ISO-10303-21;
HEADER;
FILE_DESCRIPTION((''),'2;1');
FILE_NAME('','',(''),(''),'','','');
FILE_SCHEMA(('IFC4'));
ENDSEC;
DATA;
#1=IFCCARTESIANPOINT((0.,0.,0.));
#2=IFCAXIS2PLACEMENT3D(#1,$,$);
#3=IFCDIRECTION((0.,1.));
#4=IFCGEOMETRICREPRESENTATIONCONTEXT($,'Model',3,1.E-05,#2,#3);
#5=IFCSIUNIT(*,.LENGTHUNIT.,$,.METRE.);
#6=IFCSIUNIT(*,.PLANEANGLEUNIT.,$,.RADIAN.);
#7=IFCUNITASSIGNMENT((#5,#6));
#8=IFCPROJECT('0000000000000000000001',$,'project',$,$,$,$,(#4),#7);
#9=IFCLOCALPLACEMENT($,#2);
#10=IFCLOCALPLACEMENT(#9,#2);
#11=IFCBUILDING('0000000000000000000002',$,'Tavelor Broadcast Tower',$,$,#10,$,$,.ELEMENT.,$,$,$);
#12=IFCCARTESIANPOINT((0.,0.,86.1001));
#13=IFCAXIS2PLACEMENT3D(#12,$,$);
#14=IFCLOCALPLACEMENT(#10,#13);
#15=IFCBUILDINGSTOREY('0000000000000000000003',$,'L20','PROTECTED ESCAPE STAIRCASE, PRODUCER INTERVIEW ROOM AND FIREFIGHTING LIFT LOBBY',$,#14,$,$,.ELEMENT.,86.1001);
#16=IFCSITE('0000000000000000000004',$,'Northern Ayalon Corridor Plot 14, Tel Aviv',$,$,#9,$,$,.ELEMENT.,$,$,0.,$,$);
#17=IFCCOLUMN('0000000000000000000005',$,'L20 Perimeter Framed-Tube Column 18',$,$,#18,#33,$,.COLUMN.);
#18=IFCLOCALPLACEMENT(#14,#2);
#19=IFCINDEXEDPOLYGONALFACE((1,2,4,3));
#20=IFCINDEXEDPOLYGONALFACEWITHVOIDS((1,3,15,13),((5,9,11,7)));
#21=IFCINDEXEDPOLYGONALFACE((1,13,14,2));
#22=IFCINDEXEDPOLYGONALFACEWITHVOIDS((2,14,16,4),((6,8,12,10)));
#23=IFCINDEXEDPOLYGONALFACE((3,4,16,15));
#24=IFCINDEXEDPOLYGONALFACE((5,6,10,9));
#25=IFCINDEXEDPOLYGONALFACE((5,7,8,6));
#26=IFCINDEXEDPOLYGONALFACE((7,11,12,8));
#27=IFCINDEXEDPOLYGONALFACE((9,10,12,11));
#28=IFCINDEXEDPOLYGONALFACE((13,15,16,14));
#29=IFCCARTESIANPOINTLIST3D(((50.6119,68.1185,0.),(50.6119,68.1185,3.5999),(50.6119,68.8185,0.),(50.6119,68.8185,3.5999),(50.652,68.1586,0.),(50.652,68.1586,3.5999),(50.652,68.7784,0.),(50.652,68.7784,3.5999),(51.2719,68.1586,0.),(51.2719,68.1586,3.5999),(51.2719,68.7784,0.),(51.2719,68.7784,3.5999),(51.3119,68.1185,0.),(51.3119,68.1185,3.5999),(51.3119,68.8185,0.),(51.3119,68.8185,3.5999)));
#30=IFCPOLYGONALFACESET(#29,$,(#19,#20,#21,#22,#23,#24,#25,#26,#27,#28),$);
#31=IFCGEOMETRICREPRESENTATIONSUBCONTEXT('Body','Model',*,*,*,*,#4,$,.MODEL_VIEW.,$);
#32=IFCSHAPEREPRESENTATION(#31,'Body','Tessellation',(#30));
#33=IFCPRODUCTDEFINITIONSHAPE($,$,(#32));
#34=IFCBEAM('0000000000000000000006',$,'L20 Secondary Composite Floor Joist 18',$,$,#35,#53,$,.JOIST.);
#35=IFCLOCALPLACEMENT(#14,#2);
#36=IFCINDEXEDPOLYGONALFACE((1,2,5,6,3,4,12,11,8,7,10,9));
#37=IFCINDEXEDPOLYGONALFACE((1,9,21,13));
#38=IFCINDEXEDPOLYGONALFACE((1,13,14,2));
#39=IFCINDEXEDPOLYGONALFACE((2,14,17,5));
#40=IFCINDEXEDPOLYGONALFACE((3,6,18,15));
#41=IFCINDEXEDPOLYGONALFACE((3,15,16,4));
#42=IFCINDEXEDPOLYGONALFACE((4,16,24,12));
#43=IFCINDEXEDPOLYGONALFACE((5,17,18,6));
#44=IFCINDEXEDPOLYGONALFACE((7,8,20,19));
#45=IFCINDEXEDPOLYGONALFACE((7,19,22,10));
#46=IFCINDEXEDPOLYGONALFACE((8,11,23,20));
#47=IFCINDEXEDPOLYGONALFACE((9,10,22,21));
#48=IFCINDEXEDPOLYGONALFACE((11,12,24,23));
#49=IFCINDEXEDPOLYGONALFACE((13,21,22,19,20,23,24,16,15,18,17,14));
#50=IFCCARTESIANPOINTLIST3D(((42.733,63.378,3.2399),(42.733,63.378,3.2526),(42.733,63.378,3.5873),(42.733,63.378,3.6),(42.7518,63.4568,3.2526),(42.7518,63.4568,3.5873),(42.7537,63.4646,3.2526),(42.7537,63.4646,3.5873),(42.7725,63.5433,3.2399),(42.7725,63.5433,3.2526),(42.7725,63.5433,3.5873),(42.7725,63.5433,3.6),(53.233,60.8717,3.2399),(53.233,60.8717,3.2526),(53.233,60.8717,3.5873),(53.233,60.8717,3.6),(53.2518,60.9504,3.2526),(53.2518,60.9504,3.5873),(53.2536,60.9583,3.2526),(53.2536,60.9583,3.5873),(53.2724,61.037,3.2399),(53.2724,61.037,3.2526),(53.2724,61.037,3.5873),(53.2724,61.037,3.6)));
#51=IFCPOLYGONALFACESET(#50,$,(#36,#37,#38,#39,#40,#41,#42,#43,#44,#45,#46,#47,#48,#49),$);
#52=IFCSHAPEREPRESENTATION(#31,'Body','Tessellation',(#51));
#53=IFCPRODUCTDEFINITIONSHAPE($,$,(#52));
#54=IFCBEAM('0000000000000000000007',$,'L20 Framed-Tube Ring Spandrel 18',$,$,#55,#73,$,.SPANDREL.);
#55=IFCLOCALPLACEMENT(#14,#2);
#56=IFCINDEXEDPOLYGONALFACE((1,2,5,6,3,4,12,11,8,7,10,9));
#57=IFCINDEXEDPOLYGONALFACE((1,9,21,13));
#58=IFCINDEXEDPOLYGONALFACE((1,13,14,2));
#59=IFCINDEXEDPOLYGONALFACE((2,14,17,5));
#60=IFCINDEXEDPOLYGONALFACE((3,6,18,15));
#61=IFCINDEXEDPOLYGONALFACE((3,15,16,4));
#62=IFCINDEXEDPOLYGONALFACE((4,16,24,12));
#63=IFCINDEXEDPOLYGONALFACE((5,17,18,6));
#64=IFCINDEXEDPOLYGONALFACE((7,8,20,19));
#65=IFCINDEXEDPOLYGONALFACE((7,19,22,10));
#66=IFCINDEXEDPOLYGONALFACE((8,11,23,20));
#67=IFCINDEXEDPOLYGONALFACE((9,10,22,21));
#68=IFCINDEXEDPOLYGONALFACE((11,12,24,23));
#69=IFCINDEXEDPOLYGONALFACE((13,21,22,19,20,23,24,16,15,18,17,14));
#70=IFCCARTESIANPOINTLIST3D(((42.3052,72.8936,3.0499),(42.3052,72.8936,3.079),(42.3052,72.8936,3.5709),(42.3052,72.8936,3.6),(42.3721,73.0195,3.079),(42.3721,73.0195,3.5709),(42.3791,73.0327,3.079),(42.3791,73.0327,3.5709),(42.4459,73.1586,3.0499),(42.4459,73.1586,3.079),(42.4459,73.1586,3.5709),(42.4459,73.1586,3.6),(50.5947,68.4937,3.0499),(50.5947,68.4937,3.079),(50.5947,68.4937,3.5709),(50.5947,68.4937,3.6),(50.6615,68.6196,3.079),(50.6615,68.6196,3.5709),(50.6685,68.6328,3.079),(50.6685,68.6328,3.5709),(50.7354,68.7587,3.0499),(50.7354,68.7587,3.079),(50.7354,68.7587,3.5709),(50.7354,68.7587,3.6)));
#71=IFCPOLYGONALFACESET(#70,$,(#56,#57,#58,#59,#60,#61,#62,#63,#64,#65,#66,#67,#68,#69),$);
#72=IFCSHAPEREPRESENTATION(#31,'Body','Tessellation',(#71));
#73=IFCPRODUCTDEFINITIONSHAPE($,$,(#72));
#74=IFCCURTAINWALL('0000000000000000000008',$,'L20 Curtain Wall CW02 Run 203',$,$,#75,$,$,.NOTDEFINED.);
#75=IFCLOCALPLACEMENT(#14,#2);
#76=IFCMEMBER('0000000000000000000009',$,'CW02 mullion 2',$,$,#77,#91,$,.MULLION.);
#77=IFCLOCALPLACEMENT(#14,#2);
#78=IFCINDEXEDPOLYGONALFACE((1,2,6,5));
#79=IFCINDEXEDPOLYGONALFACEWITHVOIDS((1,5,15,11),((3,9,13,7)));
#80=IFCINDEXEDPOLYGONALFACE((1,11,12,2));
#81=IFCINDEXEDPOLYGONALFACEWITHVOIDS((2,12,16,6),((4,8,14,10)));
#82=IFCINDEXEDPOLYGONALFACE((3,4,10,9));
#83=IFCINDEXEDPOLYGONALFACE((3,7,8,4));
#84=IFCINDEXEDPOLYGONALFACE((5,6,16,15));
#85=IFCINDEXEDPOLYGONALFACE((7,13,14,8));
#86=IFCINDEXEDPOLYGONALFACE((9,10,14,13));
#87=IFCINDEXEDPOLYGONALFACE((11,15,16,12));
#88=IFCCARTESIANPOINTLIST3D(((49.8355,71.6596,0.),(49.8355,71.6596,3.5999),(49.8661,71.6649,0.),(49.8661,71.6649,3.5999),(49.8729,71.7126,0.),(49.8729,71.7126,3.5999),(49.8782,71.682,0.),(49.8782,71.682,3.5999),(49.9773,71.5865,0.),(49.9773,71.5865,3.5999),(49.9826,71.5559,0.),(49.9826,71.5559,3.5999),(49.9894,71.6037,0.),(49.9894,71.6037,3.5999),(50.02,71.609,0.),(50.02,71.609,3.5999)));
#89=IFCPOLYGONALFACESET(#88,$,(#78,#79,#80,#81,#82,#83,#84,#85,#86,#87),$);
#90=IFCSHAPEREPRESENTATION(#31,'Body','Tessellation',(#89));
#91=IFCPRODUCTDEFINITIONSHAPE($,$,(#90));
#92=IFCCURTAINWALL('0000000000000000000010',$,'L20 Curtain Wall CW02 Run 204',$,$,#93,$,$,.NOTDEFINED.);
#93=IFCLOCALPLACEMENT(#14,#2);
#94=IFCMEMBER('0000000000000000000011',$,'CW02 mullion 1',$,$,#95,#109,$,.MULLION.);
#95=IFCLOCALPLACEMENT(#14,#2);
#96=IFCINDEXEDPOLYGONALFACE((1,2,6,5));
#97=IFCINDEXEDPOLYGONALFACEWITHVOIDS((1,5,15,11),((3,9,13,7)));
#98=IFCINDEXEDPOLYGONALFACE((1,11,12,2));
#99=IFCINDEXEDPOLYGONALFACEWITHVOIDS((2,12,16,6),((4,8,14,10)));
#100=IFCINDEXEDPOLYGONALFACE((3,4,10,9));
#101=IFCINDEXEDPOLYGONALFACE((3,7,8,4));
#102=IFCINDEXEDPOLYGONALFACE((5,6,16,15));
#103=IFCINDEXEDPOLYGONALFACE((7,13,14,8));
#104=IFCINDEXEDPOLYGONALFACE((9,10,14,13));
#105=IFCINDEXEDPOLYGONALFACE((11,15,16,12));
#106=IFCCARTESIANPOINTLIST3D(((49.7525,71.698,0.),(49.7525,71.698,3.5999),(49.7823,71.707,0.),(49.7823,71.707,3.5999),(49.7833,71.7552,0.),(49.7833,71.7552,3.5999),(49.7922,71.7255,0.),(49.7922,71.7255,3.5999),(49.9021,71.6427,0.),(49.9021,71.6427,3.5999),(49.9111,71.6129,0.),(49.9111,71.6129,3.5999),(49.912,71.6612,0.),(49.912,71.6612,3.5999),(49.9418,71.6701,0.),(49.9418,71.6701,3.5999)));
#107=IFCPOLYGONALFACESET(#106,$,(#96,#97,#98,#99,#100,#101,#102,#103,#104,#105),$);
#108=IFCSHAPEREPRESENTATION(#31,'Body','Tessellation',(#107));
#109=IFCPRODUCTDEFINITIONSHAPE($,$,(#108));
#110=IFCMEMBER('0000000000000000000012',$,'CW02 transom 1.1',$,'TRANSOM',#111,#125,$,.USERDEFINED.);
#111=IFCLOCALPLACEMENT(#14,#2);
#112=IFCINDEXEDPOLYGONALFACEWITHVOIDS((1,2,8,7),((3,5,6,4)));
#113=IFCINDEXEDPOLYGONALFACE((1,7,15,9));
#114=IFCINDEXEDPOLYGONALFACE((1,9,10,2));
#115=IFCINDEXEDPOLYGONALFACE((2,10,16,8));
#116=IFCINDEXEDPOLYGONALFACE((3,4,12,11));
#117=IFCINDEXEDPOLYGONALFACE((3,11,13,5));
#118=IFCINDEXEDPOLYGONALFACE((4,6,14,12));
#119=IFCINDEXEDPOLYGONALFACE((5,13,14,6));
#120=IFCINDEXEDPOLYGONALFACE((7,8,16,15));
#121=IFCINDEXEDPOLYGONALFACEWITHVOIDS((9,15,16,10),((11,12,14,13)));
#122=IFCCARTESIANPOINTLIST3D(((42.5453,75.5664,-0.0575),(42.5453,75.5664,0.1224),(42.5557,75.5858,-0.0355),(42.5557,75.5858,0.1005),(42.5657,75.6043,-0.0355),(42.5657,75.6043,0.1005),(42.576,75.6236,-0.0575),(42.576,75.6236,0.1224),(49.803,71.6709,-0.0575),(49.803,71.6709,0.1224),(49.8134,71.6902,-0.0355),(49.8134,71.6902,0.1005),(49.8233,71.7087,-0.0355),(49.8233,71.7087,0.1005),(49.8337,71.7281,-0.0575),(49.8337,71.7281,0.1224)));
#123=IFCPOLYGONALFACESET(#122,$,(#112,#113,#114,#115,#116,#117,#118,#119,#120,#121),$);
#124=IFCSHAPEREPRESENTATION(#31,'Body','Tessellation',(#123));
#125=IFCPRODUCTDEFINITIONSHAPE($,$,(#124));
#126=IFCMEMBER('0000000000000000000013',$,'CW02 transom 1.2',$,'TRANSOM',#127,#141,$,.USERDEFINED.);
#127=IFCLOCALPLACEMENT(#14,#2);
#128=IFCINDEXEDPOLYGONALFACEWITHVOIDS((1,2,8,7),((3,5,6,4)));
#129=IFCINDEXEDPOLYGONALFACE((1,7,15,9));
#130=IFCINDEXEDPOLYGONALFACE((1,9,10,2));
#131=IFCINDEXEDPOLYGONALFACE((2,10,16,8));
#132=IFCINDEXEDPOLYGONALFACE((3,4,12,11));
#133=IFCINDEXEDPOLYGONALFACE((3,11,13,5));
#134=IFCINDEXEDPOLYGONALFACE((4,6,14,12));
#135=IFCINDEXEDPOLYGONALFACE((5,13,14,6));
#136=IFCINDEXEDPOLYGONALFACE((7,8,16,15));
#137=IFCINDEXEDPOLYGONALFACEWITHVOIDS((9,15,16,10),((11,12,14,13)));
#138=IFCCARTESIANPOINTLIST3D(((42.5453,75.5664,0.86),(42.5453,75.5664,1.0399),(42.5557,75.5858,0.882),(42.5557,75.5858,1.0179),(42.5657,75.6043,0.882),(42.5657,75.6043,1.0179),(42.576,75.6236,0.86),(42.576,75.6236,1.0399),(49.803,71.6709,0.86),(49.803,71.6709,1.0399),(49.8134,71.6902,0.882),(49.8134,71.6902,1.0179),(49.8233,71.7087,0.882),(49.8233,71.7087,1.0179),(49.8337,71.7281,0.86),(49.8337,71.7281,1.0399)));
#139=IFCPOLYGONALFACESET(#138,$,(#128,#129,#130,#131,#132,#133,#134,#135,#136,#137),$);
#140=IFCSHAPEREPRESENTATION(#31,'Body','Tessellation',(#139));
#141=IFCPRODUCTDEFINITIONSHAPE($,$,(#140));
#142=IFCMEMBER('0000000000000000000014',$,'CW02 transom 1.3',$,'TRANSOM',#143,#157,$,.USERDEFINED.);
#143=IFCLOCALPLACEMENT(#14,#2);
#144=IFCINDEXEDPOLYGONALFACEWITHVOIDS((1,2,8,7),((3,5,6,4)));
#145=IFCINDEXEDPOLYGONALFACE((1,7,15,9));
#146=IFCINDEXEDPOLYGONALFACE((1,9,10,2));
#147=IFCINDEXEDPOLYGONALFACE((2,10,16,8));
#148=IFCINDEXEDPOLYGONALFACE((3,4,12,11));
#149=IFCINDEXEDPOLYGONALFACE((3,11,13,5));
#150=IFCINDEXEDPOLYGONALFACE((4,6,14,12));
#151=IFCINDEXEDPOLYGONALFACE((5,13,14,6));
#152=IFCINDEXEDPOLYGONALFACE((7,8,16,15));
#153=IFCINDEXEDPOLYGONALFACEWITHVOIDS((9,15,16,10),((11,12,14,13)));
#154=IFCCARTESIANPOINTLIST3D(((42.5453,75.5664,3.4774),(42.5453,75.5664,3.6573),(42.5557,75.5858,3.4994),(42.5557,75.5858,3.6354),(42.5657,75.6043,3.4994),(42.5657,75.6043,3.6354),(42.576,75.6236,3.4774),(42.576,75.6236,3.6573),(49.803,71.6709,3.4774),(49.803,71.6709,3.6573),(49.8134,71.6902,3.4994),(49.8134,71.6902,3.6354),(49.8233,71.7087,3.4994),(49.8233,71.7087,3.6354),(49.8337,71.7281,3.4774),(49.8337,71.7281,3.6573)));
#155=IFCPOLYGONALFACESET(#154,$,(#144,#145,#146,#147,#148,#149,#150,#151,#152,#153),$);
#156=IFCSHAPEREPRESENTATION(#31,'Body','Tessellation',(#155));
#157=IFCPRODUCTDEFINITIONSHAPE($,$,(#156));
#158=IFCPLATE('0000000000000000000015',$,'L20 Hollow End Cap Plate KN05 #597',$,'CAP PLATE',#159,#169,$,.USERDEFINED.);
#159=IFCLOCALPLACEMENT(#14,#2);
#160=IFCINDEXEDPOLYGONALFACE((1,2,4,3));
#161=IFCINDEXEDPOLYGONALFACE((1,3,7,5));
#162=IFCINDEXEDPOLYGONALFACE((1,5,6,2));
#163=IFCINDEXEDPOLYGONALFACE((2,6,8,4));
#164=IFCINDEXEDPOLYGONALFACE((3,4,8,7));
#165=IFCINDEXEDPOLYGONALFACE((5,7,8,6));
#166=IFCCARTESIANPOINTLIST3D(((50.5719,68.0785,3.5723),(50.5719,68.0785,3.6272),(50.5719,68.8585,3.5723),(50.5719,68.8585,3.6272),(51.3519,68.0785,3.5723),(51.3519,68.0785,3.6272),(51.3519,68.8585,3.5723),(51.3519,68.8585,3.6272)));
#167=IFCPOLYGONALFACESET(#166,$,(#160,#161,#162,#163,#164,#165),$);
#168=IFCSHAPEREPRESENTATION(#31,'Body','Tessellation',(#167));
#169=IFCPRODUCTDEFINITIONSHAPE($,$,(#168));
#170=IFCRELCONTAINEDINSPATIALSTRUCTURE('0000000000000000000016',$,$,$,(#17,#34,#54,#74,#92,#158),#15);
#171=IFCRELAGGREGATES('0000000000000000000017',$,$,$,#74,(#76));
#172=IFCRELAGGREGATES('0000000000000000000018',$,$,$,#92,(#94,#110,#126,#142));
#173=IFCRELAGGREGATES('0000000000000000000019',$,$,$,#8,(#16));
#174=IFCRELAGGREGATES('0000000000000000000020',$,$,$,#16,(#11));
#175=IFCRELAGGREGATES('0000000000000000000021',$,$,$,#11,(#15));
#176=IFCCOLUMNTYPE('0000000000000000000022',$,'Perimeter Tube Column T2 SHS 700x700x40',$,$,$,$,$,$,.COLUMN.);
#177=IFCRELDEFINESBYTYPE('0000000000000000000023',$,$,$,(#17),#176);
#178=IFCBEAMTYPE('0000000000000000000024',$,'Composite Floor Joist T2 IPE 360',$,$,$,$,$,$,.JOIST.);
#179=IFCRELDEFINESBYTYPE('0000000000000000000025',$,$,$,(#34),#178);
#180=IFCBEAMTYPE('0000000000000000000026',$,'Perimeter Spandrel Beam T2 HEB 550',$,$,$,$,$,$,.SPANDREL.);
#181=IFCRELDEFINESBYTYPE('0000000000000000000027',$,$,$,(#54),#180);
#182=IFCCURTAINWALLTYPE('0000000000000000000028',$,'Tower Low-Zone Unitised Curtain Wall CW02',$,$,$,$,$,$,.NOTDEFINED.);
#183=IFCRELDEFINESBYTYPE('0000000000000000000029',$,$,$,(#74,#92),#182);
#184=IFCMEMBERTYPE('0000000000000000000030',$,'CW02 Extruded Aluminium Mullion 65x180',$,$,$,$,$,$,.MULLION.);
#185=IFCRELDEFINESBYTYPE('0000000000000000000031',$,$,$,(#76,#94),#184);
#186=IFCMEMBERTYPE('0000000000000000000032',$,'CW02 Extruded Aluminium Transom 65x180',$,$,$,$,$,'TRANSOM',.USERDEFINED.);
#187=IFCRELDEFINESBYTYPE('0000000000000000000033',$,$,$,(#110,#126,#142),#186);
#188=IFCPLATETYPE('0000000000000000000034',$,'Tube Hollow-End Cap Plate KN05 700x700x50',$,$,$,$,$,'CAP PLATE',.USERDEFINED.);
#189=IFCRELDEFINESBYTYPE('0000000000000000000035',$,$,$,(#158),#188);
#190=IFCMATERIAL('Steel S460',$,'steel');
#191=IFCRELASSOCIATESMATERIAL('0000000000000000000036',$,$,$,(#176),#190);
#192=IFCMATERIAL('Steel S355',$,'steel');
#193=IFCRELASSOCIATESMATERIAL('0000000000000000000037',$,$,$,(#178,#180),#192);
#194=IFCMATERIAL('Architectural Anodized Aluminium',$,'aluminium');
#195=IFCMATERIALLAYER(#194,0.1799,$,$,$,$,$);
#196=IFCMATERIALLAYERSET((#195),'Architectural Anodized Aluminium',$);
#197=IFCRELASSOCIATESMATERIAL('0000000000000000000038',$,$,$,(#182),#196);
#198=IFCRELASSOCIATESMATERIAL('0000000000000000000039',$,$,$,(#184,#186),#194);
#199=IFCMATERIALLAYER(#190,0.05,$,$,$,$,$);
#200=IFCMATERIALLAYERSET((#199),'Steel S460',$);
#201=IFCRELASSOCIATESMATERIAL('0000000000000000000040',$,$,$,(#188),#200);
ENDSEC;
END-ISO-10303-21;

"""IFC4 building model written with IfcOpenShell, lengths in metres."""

from ifc_helpers import new_model, si_unit, direction, frame, origin, origin_2d, place, context, subcontext, project, spatial, rectangle, hollow_rectangle, i_section, extrude, source, transform, mapped, material, layer, layer_set, material_profile, profile_set, type_object, type_shapes, element, aggregate, save


model = new_model("IFC4")

# Units and contexts
model_context = context("Model", 3, precision=1e-05, world=origin(), true_north=direction((0.0, 1.0)))
body_context = subcontext(model_context, "Body", "Model", "MODEL_VIEW")
ifc_project = project(units=[si_unit("LENGTHUNIT", "METRE"), si_unit("PLANEANGLEUNIT", "RADIAN")], contexts=[model_context])

# Site, building, storey
site_placement = place(None, origin())
site = spatial("IfcSite", under=ifc_project, at=site_placement, Name="Northern Ayalon Corridor Plot 14, Tel Aviv", CompositionType="ELEMENT", RefElevation=0.0)
building_placement = place(site_placement, origin())
building = spatial("IfcBuilding", under=site, at=building_placement, Name="Tavelor Broadcast Tower", CompositionType="ELEMENT")
storey_placement = place(building_placement, frame((0.0, 0.0, 86.1001)))
storey = spatial("IfcBuildingStorey", under=building, at=storey_placement, Name="L20", Description="PROTECTED ESCAPE STAIRCASE, PRODUCER INTERVIEW ROOM AND FIREFIGHTING LIFT LOBBY", CompositionType="ELEMENT", Elevation=86.1001)

# Column
ifc_material_1 = material(Name="Steel S460", Category="steel")
ifc_material_profile_1 = material_profile(ifc_material_1, hollow_rectangle(XDim=0.7, YDim=0.7, WallThickness=0.04, at=origin_2d()), Name="SHS 700x700x40")
ifc_profile_set_1 = profile_set([ifc_material_profile_1], Name="Steel S460")
column_type = type_object("IfcColumnType", Name="Perimeter Tube Column T2 SHS 700x700x40", PredefinedType="COLUMN", material=ifc_profile_set_1)
column_placement = place(storey_placement, frame((50.9619, 68.4685, 0.0), z_axis=(0.0, 0.0, 1.0), x_axis=(1.0, 0.0, 0.0)))
element("IfcColumn", 1, at=column_placement, inside=storey, type_object=column_type, Name="L20 Perimeter Framed-Tube Column 18", PredefinedType="COLUMN", context=body_context, shape_type="SweptSolid", body=[
    extrude(hollow_rectangle(XDim=0.7, YDim=0.7, WallThickness=0.04, at=origin_2d()), origin(), (0.0, 0.0, 1.0), 3.5999),
])

# Beams
ifc_material_2 = material(Name="Steel S355", Category="steel")
ifc_material_profile_2 = material_profile(ifc_material_2, i_section(OverallWidth=0.1699, OverallDepth=0.3601, WebThickness=0.0081, FlangeThickness=0.0127, at=origin_2d()), Name="IPE 360")
ifc_profile_set_2 = profile_set([ifc_material_profile_2], Name="Steel S355")
beam_type_1 = type_object("IfcBeamType", Name="Composite Floor Joist T2 IPE 360", PredefinedType="JOIST", material=ifc_profile_set_2)
beam_1_placement = place(storey_placement, frame((53.2527, 60.9543, 3.4199), z_axis=(-0.972674, 0.232177, 0.0), x_axis=(-0.232177, -0.972674, 0.0)))
element("IfcBeam", 2, at=beam_1_placement, inside=storey, type_object=beam_type_1, Name="L20 Secondary Composite Floor Joist 18", PredefinedType="JOIST", context=body_context, shape_type="SweptSolid", body=[
    extrude(i_section(OverallWidth=0.1699, OverallDepth=0.3601, WebThickness=0.0081, FlangeThickness=0.0127, at=origin_2d()), origin(), (0.0, 0.0, 1.0), 10.7949),
])
ifc_material_profile_3 = material_profile(ifc_material_2, i_section(OverallWidth=0.3, OverallDepth=0.55, WebThickness=0.0149, FlangeThickness=0.0291, at=origin_2d()), Name="HEB 550")
ifc_profile_set_3 = profile_set([ifc_material_profile_3], Name="Steel S355")
beam_type_2 = type_object("IfcBeamType", Name="Perimeter Spandrel Beam T2 HEB 550", PredefinedType="SPANDREL", material=ifc_profile_set_3)
beam_2_placement = place(storey_placement, frame((50.665, 68.6262, 3.325), z_axis=(-0.883289, 0.468829, 0.0), x_axis=(-0.468829, -0.883289, 0.0)))
element("IfcBeam", 3, at=beam_2_placement, inside=storey, type_object=beam_type_2, Name="L20 Framed-Tube Ring Spandrel 18", PredefinedType="SPANDREL", context=body_context, shape_type="SweptSolid", body=[
    extrude(i_section(OverallWidth=0.3, OverallDepth=0.55, WebThickness=0.0149, FlangeThickness=0.0291, at=origin_2d()), origin(), (0.0, 0.0, 1.0), 9.3848),
])

# Curtain wall, member
ifc_material_3 = material(Name="Architectural Anodized Aluminium", Category="aluminium")
ifc_layer_1 = layer(ifc_material_3, 0.1799)
ifc_layer_set_1 = layer_set([ifc_layer_1], Name="Architectural Anodized Aluminium")
curtain_wall_type = type_object("IfcCurtainWallType", Name="Tower Low-Zone Unitised Curtain Wall CW02", PredefinedType="NOTDEFINED", material=ifc_layer_set_1)
curtain_wall_1_placement = place(storey_placement, origin())
curtain_wall_1 = element("IfcCurtainWall", 4, at=curtain_wall_1_placement, inside=storey, type_object=curtain_wall_type, Name="L20 Curtain Wall CW02 Run 203", PredefinedType="NOTDEFINED")
ifc_material_profile_4 = material_profile(ifc_material_3, hollow_rectangle(XDim=0.0649, YDim=0.1799, WallThickness=0.022, at=origin_2d()), Name="RHS 65x180x22")
ifc_profile_set_4 = profile_set([ifc_material_profile_4], Name="Architectural Anodized Aluminium")
member_type_1 = type_object("IfcMemberType", Name="CW02 Extruded Aluminium Mullion 65x180", PredefinedType="MULLION", material=ifc_profile_set_4)
shared_shape_1 = source(origin(), body_context, "Body", "SweptSolid", [
    extrude(hollow_rectangle(XDim=0.0649, YDim=0.1799, WallThickness=0.022, at=origin_2d()), origin(), (0.0, 0.0, 1.0), 3.5999),
])
type_shapes(member_type_1, [shared_shape_1])
member_1_placement = place(storey_placement, frame((49.9277, 71.6343, 0.0), z_axis=(0.0, 0.0, 1.0), x_axis=(-0.576063, -0.817405, 0.0)))
member_1 = element("IfcMember", 5, at=member_1_placement, type_object=member_type_1, Name="CW02 mullion 2", PredefinedType="MULLION", context=body_context, shape_type="MappedRepresentation", body=[
    mapped(shared_shape_1, transform((0.0, 0.0, 0.0), scale=1.0)),
])

# Curtain wall, members
curtain_wall_2_placement = place(storey_placement, origin())
curtain_wall_2 = element("IfcCurtainWall", 6, at=curtain_wall_2_placement, inside=storey, type_object=curtain_wall_type, Name="L20 Curtain Wall CW02 Run 204", PredefinedType="NOTDEFINED")
member_2_placement = place(storey_placement, frame((49.8472, 71.6841, 0.0), z_axis=(0.0, 0.0, 1.0), x_axis=(-0.472914, -0.881109, 0.0)))
member_2 = element("IfcMember", 7, at=member_2_placement, type_object=member_type_1, Name="CW02 mullion 1", PredefinedType="MULLION", context=body_context, shape_type="MappedRepresentation", body=[
    mapped(shared_shape_1, transform((0.0, 0.0, 0.0), scale=1.0)),
])
ifc_material_profile_5 = material_profile(ifc_material_3, hollow_rectangle(XDim=0.0649, YDim=0.1799, WallThickness=0.022, at=origin_2d()), Name="RHS 65x180x22")
ifc_profile_set_5 = profile_set([ifc_material_profile_5], Name="Architectural Anodized Aluminium")
member_type_2 = type_object("IfcMemberType", Name="CW02 Extruded Aluminium Transom 65x180", ElementType="TRANSOM", PredefinedType="USERDEFINED", material=ifc_profile_set_5)
shared_shape_2 = source(origin(), body_context, "Body", "SweptSolid", [
    extrude(hollow_rectangle(XDim=0.0649, YDim=0.1799, WallThickness=0.022, at=origin_2d()), origin(), (0.0, 0.0, 1.0), 8.2371),
])
type_shapes(member_type_2, [shared_shape_2])
member_3_placement = place(storey_placement, frame((49.8184, 71.6995, 0.0325), z_axis=(-0.881099, 0.472931, 0.0), x_axis=(-0.472931, -0.881099, 0.0)))
member_3 = element("IfcMember", 8, at=member_3_placement, type_object=member_type_2, Name="CW02 transom 1.1", ObjectType="TRANSOM", PredefinedType="USERDEFINED", context=body_context, shape_type="MappedRepresentation", body=[
    mapped(shared_shape_2, transform((0.0, 0.0, 0.0), scale=1.0)),
])
member_4_placement = place(storey_placement, frame((49.8184, 71.6995, 0.95), z_axis=(-0.881099, 0.472931, 0.0), x_axis=(-0.472931, -0.881099, 0.0)))
member_4 = element("IfcMember", 9, at=member_4_placement, type_object=member_type_2, Name="CW02 transom 1.2", ObjectType="TRANSOM", PredefinedType="USERDEFINED", context=body_context, shape_type="MappedRepresentation", body=[
    mapped(shared_shape_2, transform((0.0, 0.0, 0.0), scale=1.0)),
])
member_5_placement = place(storey_placement, frame((49.8184, 71.6995, 3.5674), z_axis=(-0.881099, 0.472931, 0.0), x_axis=(-0.472931, -0.881099, 0.0)))
member_5 = element("IfcMember", 10, at=member_5_placement, type_object=member_type_2, Name="CW02 transom 1.3", ObjectType="TRANSOM", PredefinedType="USERDEFINED", context=body_context, shape_type="MappedRepresentation", body=[
    mapped(shared_shape_2, transform((0.0, 0.0, 0.0), scale=1.0)),
])

# Plate
ifc_layer_2 = layer(ifc_material_1, 0.05)
ifc_layer_set_2 = layer_set([ifc_layer_2], Name="Steel S460")
plate_type_1 = type_object("IfcPlateType", Name="Tube Hollow-End Cap Plate KN05 700x700x50", ElementType="CAP PLATE", PredefinedType="USERDEFINED", material=ifc_layer_set_2)
shared_shape_3 = source(origin(), body_context, "Body", "SweptSolid", [
    extrude(rectangle(XDim=0.78, YDim=0.78, at=origin_2d()), origin(), (0.0, 0.0, 1.0), 0.0549),
])
type_shapes(plate_type_1, [shared_shape_3])
plate_1_placement = place(storey_placement, frame((50.9619, 68.4685, 3.5723), z_axis=(0.0, 0.0, 1.0), x_axis=(1.0, 0.0, 0.0)))
element("IfcPlate", 11, at=plate_1_placement, inside=storey, type_object=plate_type_1, Name="L20 Hollow End Cap Plate KN05 #597", ObjectType="CAP PLATE", PredefinedType="USERDEFINED", context=body_context, shape_type="MappedRepresentation", body=[
    mapped(shared_shape_3, transform((0.0, 0.0, 0.0), scale=1.0)),
])

aggregate(curtain_wall_1, [member_1])
aggregate(curtain_wall_2, [member_2, member_3, member_4, member_5])

save(model, "model.ifc")
